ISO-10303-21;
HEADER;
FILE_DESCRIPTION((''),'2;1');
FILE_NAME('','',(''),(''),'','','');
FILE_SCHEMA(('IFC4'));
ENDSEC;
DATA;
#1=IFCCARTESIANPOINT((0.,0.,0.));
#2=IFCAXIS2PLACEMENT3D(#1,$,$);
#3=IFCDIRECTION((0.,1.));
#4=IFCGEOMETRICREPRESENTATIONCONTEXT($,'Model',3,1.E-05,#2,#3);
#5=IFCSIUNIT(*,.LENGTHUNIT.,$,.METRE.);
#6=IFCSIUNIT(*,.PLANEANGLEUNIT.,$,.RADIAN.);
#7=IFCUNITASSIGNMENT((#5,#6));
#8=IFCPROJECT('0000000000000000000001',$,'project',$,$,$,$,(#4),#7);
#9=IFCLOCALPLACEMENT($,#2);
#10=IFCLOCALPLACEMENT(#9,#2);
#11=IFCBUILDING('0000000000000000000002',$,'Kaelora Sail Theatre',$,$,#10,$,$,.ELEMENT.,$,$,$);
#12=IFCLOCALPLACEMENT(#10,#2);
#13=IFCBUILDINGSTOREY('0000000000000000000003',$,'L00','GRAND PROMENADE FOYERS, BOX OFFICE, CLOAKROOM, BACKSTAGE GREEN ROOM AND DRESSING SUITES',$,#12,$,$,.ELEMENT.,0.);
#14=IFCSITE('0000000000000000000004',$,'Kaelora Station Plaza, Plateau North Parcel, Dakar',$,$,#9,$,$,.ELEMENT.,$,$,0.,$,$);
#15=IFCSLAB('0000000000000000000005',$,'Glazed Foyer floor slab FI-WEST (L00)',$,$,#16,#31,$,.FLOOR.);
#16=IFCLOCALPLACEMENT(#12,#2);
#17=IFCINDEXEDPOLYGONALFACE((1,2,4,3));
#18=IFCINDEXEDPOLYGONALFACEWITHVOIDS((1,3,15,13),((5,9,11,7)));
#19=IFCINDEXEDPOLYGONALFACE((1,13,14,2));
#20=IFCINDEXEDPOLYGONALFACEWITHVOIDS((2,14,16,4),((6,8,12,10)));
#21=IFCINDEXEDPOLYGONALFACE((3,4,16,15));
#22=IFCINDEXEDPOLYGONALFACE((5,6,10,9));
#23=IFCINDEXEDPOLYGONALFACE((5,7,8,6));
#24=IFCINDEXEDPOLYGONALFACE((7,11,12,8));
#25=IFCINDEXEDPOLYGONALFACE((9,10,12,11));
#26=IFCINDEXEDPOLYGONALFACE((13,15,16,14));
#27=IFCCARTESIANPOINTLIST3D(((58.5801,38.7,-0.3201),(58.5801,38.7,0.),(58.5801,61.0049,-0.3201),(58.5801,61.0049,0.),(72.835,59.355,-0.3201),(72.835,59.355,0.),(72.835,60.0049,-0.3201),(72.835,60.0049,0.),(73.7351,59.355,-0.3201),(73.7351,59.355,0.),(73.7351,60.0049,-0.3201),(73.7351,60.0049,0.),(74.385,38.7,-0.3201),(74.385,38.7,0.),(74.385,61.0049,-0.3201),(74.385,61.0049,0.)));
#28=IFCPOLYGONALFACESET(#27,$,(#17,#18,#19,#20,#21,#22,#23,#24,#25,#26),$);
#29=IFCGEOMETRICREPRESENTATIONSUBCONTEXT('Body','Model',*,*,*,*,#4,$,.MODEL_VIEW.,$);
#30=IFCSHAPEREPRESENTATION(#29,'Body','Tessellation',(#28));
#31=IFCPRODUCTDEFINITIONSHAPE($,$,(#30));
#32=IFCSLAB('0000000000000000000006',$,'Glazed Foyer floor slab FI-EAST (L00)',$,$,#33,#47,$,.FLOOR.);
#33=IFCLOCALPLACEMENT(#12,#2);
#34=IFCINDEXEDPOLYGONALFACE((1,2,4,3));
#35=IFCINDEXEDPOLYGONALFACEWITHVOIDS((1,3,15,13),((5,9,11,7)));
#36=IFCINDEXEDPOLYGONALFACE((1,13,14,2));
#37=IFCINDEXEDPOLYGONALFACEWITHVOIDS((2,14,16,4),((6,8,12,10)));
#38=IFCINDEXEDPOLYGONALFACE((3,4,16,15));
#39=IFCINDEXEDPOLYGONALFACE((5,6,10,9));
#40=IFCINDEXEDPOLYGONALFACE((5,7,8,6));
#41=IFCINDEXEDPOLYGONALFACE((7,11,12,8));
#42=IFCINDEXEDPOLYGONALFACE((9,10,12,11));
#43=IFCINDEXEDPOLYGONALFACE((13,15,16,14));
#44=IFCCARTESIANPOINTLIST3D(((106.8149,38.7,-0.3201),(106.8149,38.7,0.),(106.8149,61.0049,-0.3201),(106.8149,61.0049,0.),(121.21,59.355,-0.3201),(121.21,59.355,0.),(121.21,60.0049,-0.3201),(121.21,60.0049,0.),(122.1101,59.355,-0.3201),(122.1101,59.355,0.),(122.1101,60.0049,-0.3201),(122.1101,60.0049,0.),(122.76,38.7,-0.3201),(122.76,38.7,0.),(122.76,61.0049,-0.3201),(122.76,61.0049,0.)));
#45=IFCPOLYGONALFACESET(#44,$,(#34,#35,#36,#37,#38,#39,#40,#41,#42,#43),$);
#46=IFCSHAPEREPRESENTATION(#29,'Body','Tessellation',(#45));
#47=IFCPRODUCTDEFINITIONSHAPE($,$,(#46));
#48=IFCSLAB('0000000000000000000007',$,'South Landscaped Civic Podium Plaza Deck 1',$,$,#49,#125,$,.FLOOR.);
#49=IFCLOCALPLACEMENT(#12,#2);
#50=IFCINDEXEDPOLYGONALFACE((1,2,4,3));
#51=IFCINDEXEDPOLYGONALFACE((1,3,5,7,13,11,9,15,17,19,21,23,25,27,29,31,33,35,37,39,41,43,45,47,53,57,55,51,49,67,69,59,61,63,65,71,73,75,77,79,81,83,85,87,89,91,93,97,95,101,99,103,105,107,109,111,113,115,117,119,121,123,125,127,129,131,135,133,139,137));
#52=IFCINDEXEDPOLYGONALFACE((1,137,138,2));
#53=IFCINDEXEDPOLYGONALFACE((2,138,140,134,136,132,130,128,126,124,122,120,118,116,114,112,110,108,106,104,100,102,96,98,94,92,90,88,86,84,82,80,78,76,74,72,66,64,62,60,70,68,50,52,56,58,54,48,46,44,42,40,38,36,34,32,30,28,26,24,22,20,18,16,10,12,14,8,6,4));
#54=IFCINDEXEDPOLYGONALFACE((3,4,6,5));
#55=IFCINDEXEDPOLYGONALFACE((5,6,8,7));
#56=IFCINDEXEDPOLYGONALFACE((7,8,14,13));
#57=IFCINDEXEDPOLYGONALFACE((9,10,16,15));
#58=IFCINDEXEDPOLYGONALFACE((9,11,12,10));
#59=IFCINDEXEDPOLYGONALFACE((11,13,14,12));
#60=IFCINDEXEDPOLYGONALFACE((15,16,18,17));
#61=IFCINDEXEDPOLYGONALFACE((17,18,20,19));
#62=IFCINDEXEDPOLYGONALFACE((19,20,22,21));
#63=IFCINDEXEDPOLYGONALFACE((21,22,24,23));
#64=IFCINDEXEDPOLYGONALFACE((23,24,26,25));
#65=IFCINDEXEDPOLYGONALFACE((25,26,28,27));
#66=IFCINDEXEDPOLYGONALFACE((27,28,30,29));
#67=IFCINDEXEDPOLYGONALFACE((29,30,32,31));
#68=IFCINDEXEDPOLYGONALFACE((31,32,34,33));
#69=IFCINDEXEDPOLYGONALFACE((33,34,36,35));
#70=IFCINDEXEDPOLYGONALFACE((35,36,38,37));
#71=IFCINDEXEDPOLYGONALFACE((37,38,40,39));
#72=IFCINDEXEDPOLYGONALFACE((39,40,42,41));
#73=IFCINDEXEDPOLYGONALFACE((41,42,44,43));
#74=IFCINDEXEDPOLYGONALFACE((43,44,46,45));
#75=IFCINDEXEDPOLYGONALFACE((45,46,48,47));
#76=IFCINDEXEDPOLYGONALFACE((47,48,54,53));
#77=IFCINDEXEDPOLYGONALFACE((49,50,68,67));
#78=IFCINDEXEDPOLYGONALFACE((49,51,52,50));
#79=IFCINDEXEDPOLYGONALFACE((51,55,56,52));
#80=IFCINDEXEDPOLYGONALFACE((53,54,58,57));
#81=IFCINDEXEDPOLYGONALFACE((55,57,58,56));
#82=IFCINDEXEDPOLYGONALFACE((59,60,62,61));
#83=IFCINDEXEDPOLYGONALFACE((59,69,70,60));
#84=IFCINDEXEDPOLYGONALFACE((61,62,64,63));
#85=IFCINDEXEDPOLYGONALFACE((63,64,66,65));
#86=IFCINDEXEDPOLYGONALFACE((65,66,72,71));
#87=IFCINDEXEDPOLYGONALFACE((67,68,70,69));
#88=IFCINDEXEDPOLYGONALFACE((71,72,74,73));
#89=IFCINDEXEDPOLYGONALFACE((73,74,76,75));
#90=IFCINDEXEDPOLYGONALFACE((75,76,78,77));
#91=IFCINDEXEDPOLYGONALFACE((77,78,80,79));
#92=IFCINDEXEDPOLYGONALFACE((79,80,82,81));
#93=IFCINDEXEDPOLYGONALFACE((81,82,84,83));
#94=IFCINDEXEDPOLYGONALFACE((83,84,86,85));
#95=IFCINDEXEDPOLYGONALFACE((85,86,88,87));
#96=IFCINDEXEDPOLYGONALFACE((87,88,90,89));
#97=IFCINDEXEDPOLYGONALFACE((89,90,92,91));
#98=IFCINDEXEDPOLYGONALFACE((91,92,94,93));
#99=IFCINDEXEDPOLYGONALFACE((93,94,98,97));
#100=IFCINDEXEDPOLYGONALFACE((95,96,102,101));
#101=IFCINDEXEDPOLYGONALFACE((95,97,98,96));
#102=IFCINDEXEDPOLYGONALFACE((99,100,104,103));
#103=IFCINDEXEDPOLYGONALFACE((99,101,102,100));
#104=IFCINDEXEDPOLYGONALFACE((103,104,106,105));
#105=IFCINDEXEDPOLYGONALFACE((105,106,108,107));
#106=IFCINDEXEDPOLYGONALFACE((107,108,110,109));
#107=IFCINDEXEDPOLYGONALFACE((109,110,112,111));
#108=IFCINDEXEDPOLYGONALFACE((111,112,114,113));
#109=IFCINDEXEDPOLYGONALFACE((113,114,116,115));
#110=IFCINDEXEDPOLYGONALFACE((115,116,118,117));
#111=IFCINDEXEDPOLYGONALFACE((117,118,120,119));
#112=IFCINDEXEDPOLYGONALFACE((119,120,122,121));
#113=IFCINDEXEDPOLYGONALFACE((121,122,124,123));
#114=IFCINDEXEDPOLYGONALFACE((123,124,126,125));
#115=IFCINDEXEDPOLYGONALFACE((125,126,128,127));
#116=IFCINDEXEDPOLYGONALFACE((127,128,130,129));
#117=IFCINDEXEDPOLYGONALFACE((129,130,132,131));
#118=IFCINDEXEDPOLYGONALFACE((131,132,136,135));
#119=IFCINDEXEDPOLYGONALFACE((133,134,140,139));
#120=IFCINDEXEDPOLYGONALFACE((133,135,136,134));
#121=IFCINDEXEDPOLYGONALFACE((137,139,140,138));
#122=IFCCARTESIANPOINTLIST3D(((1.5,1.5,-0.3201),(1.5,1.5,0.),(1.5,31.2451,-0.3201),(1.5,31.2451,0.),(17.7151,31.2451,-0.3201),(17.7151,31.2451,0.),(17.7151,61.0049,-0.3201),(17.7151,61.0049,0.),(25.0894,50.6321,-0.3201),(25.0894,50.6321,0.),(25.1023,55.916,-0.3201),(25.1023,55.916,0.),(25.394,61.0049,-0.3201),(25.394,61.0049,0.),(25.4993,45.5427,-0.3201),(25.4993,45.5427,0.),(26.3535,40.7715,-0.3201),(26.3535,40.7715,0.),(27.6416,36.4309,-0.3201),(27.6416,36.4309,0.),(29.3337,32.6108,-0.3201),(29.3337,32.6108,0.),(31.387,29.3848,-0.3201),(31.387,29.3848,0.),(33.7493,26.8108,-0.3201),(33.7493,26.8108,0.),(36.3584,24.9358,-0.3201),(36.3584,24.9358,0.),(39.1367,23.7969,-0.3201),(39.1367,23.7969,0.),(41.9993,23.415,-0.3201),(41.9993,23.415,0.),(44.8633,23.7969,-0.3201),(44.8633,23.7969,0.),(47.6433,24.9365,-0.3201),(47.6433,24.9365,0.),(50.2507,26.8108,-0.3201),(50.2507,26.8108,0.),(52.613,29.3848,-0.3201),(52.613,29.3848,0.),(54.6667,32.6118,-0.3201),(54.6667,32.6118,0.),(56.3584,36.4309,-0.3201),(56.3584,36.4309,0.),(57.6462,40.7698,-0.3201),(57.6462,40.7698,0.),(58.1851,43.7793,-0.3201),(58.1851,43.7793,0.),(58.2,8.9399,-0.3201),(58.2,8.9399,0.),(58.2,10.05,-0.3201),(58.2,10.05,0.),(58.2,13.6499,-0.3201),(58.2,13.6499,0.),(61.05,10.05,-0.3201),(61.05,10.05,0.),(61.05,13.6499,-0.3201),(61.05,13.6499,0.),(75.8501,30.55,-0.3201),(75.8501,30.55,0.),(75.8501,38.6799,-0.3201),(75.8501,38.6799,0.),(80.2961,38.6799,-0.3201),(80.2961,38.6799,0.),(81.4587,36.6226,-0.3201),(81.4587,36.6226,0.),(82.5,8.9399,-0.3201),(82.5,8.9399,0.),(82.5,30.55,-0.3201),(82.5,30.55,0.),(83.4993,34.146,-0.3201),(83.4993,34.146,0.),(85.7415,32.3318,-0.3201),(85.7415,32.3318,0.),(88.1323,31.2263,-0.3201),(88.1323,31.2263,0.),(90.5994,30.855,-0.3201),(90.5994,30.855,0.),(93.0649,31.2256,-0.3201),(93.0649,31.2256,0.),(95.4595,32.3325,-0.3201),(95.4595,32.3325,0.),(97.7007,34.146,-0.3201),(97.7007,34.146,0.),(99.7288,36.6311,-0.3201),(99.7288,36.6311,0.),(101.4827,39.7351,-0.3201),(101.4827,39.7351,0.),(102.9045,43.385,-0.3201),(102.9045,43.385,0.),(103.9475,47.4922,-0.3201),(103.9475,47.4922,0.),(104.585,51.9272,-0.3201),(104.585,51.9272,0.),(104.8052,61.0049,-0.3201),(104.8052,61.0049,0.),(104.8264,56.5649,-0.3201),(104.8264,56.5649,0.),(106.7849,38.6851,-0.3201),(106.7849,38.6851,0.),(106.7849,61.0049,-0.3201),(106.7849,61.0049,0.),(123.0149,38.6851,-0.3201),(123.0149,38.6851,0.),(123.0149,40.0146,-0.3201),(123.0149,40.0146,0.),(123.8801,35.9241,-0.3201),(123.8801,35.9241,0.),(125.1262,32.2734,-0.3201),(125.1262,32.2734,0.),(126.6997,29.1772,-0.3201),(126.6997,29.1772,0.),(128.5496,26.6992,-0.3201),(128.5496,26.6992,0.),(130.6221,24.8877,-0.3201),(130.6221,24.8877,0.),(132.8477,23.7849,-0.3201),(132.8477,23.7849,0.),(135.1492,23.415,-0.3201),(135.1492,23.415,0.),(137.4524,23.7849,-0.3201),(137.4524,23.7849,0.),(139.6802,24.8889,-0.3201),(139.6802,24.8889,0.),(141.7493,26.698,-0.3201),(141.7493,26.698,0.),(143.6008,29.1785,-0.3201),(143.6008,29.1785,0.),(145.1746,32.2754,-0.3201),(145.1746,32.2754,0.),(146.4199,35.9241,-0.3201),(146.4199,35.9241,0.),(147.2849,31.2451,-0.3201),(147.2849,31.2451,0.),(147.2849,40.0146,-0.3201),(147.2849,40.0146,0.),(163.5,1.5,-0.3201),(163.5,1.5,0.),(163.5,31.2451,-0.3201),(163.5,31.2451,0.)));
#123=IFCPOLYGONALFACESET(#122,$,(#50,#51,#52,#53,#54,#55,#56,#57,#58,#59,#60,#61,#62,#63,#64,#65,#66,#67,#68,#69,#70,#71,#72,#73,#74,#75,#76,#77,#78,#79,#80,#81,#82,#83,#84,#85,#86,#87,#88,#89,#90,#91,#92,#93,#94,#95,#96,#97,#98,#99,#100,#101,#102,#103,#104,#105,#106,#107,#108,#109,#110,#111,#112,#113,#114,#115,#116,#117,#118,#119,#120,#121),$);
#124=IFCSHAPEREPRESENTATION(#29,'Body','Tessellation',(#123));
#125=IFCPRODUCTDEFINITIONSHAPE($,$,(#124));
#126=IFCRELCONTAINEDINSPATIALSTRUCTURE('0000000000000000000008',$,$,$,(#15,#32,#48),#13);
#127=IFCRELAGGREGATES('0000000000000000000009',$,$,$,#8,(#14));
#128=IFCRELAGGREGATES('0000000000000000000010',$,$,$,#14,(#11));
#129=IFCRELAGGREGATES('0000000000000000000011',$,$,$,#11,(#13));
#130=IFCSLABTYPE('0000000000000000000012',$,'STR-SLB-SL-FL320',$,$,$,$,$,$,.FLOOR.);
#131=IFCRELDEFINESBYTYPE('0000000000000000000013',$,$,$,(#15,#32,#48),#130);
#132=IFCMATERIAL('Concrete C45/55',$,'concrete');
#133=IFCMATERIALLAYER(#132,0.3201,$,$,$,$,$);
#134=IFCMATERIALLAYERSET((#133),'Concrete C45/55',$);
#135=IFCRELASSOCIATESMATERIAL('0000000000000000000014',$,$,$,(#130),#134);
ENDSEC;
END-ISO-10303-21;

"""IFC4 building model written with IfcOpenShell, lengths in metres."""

from ifc_helpers import new_model, si_unit, direction, frame, origin, place, context, subcontext, project, spatial, polyline, outline, extrude, material, layer, layer_set, type_object, element, save


model = new_model("IFC4")

# Units and contexts
model_context = context("Model", 3, precision=1e-05, world=origin(), true_north=direction((0.0, 1.0)))
body_context = subcontext(model_context, "Body", "Model", "MODEL_VIEW")
ifc_project = project(units=[si_unit("LENGTHUNIT", "METRE"), si_unit("PLANEANGLEUNIT", "RADIAN")], contexts=[model_context])

# Site, building, storey
site_placement = place(None, origin())
site = spatial("IfcSite", under=ifc_project, at=site_placement, Name="Kaelora Station Plaza, Plateau North Parcel, Dakar", CompositionType="ELEMENT", RefElevation=0.0)
building_placement = place(site_placement, origin())
building = spatial("IfcBuilding", under=site, at=building_placement, Name="Kaelora Sail Theatre", CompositionType="ELEMENT")
storey_placement = place(building_placement, origin())
storey = spatial("IfcBuildingStorey", under=building, at=storey_placement, Name="L00", Description="GRAND PROMENADE FOYERS, BOX OFFICE, CLOAKROOM, BACKSTAGE GREEN ROOM AND DRESSING SUITES", CompositionType="ELEMENT", Elevation=0.0)

# Slabs
ifc_material_1 = material(Name="Concrete C45/55", Category="concrete")
ifc_layer_1 = layer(ifc_material_1, 0.3201)
ifc_layer_set_1 = layer_set([ifc_layer_1], Name="Concrete C45/55")
slab_type_1 = type_object("IfcSlabType", Name="STR-SLB-SL-FL320", PredefinedType="FLOOR", material=ifc_layer_set_1)
slab_1_placement = place(storey_placement, frame((0.0, 0.0, -0.3201)))
element("IfcSlab", 1, at=slab_1_placement, inside=storey, type_object=slab_type_1, Name="Glazed Foyer floor slab FI-WEST (L00)", PredefinedType="FLOOR", context=body_context, shape_type="SweptSolid", body=[
    extrude(outline(polyline([(58.5801, 38.7), (74.385, 38.7), (74.385, 61.0049), (58.5801, 61.0049), (58.5801, 38.7)]), holes=[polyline([(72.835, 59.355), (73.7351, 59.355), (73.7351, 60.0049), (72.835, 60.0049), (72.835, 59.355)])]), origin(), (0.0, 0.0, 1.0), 0.3201),
])
slab_2_placement = place(storey_placement, frame((0.0, 0.0, -0.3201)))
element("IfcSlab", 2, at=slab_2_placement, inside=storey, type_object=slab_type_1, Name="Glazed Foyer floor slab FI-EAST (L00)", PredefinedType="FLOOR", context=body_context, shape_type="SweptSolid", body=[
    extrude(outline(polyline([(106.8149, 38.7), (122.76, 38.7), (122.76, 61.0049), (106.8149, 61.0049), (106.8149, 38.7)]), holes=[polyline([(121.21, 59.355), (122.1101, 59.355), (122.1101, 60.0049), (121.21, 60.0049), (121.21, 59.355)])]), origin(), (0.0, 0.0, 1.0), 0.3201),
])
slab_3_placement = place(storey_placement, frame((0.0, 0.0, -0.3201)))
element("IfcSlab", 3, at=slab_3_placement, inside=storey, type_object=slab_type_1, Name="South Landscaped Civic Podium Plaza Deck 1", PredefinedType="FLOOR", context=body_context, shape_type="SweptSolid", body=[
    extrude(outline(polyline([(61.05, 10.05), (58.2, 10.05), (58.2, 8.9399), (82.5, 8.9399), (82.5, 30.55), (75.8501, 30.55), (75.8501, 38.6799), (80.2961, 38.6799), (81.4587, 36.6226), (83.4993, 34.146), (85.7415, 32.3318), (88.1323, 31.2263), (90.5994, 30.855), (93.0649, 31.2256), (95.4595, 32.3325), (97.7007, 34.146), (99.7288, 36.6311), (101.4827, 39.7351), (102.9045, 43.385), (103.9475, 47.4922), (104.585, 51.9272), (104.8264, 56.5649), (104.8052, 61.0049), (106.7849, 61.0049), (106.7849, 38.6851), (123.0149, 38.6851), (123.0149, 40.0146), (123.8801, 35.9241), (125.1262, 32.2734), (126.6997, 29.1772), (128.5496, 26.6992), (130.6221, 24.8877), (132.8477, 23.7849), (135.1492, 23.415), (137.4524, 23.7849), (139.6802, 24.8889), (141.7493, 26.698), (143.6008, 29.1785), (145.1746, 32.2754), (146.4199, 35.9241), (147.2849, 40.0146), (147.2849, 31.2451), (163.5, 31.2451), (163.5, 1.5), (1.5, 1.5), (1.5, 31.2451), (17.7151, 31.2451), (17.7151, 61.0049), (25.394, 61.0049), (25.1023, 55.916), (25.0894, 50.6321), (25.4993, 45.5427), (26.3535, 40.7715), (27.6416, 36.4309), (29.3337, 32.6108), (31.387, 29.3848), (33.7493, 26.8108), (36.3584, 24.9358), (39.1367, 23.7969), (41.9993, 23.415), (44.8633, 23.7969), (47.6433, 24.9365), (50.2507, 26.8108), (52.613, 29.3848), (54.6667, 32.6118), (56.3584, 36.4309), (57.6462, 40.7698), (58.1851, 43.7793), (58.2, 13.6499), (61.05, 13.6499), (61.05, 10.05)])), origin(), (0.0, 0.0, 1.0), 0.3201),
])

save(model, "model.ifc")
